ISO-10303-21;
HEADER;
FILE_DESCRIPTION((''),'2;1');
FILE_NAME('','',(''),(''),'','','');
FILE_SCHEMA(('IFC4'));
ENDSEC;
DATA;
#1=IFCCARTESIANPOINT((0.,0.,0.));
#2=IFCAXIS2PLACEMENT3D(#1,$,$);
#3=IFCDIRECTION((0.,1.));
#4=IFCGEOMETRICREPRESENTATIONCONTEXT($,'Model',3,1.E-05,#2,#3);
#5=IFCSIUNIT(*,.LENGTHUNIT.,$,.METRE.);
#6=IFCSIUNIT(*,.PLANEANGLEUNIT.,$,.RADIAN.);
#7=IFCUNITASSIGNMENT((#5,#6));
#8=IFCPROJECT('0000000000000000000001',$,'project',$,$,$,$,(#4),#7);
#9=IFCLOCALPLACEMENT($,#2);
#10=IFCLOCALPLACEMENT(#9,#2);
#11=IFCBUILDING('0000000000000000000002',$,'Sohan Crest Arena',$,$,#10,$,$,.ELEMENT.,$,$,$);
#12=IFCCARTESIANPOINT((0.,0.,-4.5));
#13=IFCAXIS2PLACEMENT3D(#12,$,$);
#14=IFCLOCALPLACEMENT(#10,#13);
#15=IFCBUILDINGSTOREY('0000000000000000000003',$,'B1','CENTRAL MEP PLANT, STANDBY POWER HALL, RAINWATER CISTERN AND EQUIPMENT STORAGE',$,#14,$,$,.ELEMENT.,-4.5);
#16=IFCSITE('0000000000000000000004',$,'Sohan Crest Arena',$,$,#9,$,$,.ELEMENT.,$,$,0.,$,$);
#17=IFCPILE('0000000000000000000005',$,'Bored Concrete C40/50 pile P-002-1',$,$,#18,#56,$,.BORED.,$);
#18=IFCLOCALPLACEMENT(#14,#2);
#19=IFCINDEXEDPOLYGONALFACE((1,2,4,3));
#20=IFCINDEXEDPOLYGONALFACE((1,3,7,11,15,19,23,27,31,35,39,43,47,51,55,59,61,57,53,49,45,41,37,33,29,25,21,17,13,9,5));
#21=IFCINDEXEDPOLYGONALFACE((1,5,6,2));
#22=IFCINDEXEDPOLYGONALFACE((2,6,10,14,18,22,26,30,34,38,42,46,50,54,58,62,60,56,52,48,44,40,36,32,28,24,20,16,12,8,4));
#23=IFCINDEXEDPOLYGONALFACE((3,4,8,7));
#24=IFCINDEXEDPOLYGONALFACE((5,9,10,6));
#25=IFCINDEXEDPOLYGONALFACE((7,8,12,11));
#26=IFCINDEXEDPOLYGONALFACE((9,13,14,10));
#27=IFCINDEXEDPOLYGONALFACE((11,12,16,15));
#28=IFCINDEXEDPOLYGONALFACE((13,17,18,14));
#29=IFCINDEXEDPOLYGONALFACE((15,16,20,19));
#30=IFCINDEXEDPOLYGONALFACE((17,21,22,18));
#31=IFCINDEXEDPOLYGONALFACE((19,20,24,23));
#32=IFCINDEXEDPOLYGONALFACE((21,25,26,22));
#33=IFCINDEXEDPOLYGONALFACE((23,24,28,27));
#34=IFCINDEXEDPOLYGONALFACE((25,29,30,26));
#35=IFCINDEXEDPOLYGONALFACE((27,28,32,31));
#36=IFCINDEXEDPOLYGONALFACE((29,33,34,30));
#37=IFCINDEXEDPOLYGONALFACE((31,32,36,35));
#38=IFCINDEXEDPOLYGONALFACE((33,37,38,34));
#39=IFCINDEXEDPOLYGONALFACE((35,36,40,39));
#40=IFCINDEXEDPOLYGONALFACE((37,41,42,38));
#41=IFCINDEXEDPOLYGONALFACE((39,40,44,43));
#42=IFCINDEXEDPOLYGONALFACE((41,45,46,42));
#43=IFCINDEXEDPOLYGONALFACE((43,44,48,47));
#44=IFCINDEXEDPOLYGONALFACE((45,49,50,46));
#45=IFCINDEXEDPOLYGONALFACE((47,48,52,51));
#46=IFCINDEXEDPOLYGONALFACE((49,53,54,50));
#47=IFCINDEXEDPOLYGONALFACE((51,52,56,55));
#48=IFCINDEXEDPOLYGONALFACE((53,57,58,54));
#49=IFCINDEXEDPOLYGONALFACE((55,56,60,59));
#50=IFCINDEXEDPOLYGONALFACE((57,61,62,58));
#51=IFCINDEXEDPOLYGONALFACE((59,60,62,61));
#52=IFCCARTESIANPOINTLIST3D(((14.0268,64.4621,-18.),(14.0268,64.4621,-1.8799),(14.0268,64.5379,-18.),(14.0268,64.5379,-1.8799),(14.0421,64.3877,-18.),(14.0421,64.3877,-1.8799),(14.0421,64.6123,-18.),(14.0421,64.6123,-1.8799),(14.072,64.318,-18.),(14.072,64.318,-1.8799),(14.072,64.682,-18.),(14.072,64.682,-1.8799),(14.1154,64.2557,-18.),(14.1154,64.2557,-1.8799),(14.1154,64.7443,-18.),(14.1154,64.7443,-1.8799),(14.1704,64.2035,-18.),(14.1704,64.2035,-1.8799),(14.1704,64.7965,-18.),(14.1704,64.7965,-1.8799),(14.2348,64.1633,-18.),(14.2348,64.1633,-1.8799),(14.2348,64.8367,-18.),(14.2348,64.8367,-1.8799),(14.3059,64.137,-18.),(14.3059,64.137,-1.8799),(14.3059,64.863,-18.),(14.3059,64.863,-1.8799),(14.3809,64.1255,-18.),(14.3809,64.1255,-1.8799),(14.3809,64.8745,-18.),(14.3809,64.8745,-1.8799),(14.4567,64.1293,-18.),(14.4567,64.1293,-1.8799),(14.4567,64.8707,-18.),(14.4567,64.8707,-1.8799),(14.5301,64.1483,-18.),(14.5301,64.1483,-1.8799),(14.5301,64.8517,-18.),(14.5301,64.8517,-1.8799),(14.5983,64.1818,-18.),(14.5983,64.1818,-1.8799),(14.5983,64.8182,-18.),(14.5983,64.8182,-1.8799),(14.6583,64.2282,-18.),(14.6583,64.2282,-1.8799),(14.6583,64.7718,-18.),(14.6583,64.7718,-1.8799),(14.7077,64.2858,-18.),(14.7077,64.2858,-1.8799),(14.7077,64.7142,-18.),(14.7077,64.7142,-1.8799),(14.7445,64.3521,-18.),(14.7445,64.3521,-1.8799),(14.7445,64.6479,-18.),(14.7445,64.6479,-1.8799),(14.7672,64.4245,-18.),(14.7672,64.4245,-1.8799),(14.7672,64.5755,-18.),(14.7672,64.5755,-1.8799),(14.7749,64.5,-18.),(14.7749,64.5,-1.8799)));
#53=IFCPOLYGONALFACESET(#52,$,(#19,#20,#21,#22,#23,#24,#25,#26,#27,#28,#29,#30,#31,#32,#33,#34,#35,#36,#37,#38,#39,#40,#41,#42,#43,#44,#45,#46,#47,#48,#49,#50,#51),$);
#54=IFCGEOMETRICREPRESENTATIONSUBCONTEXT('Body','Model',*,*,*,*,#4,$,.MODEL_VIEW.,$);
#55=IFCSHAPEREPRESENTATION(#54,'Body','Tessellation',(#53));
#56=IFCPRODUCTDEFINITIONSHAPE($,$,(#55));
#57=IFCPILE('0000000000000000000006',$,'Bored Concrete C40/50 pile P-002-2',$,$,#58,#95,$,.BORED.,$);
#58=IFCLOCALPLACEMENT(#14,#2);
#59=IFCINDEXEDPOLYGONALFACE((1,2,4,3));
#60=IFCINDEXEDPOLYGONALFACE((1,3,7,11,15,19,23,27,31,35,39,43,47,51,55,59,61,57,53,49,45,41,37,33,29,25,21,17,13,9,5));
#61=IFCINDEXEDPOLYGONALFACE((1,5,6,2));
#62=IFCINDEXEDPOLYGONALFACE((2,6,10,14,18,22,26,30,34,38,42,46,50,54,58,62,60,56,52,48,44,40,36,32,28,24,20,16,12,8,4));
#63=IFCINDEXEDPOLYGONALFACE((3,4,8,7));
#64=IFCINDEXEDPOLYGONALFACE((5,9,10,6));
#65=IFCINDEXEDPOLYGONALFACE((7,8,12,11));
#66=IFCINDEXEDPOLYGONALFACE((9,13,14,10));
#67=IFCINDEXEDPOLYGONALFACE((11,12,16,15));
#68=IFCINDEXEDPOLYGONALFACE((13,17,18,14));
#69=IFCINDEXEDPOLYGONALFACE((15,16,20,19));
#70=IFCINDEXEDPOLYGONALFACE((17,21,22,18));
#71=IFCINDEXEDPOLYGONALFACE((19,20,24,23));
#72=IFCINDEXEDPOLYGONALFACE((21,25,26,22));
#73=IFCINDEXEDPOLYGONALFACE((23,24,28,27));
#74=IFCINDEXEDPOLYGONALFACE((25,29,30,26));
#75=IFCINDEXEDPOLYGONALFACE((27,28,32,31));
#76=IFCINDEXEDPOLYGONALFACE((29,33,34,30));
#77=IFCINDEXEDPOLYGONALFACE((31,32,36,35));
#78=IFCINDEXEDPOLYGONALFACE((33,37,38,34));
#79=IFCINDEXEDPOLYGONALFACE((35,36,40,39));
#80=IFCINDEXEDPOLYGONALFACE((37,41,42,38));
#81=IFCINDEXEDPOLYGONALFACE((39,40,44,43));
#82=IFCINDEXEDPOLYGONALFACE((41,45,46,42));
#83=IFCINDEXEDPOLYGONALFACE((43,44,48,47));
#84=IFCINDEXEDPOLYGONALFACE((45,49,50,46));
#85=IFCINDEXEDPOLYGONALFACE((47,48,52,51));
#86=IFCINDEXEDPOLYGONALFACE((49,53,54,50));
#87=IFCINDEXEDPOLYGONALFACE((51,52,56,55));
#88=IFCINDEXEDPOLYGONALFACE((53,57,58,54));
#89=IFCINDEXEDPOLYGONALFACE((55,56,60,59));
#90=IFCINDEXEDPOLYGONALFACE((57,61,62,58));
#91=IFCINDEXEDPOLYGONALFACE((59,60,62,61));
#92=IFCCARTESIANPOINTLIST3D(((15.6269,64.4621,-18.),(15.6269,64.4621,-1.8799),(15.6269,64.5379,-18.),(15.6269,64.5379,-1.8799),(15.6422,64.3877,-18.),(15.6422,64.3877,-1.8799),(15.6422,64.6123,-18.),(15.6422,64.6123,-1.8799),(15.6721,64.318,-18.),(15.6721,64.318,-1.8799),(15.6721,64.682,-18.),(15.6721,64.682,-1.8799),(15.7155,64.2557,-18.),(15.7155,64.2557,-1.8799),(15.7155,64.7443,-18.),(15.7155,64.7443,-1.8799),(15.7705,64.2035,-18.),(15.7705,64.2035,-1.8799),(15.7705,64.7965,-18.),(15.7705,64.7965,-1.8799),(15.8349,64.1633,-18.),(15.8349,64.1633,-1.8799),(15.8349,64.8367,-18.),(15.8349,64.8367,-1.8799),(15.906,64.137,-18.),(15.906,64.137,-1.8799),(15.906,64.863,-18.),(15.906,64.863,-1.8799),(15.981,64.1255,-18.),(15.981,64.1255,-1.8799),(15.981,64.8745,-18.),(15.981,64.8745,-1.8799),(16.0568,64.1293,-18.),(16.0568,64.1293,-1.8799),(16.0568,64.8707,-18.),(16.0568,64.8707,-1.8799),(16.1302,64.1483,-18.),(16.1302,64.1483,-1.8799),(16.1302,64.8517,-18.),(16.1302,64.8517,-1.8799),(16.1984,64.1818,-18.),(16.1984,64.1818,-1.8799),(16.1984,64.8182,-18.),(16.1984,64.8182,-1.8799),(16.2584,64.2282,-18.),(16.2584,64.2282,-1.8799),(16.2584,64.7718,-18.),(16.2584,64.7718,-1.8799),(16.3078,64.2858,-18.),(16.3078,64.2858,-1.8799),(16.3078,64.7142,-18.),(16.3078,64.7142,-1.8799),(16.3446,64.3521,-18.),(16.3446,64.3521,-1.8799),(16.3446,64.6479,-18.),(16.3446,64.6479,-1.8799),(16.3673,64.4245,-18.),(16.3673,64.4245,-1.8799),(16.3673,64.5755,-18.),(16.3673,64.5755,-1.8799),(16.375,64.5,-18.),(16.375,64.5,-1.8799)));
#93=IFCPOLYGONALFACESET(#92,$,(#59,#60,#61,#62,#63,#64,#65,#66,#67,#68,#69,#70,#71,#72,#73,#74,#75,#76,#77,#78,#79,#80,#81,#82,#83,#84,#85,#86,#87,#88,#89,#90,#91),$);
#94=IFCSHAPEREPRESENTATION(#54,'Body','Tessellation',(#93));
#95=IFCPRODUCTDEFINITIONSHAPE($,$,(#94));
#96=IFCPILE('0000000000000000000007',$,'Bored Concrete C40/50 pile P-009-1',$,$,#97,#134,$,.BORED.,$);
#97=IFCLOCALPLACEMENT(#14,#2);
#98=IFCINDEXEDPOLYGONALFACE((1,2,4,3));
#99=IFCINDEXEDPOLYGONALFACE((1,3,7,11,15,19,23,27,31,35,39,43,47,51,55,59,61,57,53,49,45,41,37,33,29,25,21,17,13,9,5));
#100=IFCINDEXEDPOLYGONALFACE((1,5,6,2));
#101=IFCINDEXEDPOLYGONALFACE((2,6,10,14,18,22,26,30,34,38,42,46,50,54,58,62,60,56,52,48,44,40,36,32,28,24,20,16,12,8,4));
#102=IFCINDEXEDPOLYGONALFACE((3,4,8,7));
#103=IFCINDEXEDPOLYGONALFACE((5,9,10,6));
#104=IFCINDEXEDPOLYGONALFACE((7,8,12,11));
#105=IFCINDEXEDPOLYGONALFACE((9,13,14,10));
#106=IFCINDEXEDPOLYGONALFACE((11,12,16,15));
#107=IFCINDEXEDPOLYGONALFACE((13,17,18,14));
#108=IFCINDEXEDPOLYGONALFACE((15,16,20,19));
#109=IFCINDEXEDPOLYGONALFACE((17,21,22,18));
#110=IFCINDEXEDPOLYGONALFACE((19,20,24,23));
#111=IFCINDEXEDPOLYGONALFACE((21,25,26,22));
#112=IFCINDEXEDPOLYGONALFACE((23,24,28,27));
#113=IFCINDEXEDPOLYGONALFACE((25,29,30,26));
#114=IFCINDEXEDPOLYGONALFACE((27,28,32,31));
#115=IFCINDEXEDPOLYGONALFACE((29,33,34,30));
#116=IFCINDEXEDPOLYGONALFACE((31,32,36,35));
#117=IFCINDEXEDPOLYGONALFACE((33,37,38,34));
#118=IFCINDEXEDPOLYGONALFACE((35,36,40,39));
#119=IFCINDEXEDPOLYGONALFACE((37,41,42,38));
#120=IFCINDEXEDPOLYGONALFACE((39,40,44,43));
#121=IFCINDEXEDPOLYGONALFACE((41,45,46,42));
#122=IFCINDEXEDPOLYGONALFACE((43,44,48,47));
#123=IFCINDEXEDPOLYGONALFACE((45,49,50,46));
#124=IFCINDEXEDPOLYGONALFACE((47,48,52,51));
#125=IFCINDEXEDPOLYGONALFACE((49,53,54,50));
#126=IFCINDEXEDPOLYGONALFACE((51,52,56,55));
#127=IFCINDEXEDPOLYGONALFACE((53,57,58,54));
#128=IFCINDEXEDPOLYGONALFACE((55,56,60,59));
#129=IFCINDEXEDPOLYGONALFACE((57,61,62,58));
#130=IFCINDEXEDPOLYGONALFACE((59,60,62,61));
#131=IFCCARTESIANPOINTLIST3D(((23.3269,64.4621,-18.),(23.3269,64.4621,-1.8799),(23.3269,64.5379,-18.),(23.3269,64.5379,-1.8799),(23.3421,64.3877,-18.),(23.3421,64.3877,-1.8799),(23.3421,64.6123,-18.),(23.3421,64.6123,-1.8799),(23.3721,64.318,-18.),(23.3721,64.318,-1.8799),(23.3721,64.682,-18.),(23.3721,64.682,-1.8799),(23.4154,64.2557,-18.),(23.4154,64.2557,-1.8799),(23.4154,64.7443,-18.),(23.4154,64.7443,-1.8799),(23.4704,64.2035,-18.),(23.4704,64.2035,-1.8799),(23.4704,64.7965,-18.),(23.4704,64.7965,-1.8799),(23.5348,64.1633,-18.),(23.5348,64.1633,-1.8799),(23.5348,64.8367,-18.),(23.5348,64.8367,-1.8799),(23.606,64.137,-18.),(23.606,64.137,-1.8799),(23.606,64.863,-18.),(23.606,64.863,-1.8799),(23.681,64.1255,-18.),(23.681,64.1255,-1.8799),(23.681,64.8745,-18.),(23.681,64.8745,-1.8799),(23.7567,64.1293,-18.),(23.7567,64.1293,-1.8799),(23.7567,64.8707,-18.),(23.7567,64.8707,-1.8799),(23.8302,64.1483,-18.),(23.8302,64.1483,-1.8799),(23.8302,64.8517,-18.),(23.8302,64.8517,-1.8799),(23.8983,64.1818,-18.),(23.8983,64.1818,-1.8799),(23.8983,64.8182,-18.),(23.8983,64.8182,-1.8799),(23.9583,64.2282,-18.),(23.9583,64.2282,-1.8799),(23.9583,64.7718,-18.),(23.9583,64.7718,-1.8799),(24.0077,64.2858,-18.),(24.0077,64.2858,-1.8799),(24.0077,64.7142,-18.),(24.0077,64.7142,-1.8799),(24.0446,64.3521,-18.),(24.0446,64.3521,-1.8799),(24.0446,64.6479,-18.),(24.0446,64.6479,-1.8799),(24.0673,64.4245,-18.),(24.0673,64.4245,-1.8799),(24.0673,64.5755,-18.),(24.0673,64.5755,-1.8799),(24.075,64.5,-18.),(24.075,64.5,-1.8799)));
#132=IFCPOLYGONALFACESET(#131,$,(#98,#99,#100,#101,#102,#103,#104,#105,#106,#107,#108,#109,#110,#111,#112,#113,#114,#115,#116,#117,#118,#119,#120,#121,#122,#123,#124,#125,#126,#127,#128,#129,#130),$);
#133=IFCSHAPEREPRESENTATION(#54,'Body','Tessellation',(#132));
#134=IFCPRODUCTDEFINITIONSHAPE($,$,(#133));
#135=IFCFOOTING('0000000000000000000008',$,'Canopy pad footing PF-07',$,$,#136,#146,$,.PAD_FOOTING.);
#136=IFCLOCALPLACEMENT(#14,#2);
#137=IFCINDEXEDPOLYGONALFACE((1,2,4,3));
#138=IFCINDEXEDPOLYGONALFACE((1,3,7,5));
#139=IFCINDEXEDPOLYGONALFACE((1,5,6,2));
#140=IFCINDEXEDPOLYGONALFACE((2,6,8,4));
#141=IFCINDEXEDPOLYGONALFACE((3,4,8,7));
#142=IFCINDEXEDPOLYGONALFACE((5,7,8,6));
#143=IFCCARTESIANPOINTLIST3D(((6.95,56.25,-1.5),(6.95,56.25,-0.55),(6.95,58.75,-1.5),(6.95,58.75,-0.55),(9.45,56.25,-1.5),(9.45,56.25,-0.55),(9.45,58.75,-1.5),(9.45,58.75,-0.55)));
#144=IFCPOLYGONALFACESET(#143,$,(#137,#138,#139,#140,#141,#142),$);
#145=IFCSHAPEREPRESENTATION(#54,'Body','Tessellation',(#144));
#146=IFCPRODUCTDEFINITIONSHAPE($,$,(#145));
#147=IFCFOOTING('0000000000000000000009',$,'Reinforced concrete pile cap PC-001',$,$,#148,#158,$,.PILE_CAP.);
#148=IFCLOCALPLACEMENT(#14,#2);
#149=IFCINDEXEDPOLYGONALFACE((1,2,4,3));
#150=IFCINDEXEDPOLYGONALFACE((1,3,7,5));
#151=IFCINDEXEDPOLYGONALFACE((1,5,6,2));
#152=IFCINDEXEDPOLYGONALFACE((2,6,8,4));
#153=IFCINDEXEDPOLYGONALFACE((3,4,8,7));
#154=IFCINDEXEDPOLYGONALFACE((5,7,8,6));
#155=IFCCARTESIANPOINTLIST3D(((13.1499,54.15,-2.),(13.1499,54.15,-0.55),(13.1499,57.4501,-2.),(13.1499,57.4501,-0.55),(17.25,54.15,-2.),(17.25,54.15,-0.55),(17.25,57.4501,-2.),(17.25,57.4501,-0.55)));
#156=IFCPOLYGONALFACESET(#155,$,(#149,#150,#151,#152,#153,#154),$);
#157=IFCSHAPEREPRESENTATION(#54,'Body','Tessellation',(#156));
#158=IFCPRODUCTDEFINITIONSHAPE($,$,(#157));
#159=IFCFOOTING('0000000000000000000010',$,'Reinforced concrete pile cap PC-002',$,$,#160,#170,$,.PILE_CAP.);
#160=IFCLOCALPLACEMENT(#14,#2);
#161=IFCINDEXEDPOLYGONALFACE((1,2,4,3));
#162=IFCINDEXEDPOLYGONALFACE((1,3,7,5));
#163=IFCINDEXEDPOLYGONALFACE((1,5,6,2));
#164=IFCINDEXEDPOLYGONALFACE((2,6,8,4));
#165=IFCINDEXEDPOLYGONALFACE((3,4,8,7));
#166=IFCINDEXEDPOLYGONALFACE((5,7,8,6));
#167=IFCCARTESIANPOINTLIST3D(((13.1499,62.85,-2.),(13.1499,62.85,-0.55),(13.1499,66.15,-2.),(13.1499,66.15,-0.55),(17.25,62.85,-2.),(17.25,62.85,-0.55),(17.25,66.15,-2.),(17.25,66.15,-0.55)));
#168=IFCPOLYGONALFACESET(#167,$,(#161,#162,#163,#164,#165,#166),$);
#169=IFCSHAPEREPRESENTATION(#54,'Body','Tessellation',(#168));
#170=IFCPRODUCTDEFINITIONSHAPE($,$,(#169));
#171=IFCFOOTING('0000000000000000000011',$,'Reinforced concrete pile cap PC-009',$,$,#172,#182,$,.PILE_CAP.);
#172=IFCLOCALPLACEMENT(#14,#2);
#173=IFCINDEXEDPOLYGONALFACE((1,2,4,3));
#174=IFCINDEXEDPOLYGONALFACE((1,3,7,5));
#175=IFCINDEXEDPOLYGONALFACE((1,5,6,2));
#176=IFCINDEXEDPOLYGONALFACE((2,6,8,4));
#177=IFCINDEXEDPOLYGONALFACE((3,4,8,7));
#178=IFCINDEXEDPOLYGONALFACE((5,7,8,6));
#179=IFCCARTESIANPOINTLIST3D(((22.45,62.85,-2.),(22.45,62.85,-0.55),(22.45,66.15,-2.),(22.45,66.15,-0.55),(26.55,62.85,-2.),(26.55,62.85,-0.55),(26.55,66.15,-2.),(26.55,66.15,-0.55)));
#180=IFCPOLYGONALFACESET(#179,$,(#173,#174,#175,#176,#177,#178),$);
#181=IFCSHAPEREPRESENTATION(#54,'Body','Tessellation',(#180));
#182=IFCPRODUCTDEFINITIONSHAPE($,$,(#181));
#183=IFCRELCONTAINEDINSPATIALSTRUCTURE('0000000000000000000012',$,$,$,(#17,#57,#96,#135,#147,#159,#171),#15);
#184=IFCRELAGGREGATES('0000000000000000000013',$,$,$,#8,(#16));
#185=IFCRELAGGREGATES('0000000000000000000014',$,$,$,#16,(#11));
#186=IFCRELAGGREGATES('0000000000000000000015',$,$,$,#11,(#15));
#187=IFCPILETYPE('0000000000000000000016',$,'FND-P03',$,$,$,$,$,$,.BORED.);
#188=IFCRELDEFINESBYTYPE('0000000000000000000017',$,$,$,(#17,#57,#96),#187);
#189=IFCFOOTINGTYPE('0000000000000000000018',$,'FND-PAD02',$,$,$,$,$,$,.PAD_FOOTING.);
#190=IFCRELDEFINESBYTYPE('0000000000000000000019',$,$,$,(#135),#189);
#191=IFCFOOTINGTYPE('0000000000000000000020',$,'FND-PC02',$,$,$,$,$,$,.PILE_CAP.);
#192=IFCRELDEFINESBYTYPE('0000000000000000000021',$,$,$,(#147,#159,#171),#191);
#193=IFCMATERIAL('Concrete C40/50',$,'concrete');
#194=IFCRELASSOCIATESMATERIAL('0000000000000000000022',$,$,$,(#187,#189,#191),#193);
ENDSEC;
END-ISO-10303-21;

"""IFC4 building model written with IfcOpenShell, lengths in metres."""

from ifc_helpers import new_model, si_unit, direction, frame, origin, origin_2d, place, context, subcontext, project, spatial, rectangle, circle, extrude, material, material_profile, profile_set, type_object, element, save


model = new_model("IFC4")

# Units and contexts
model_context = context("Model", 3, precision=1e-05, world=origin(), true_north=direction((0.0, 1.0)))
body_context = subcontext(model_context, "Body", "Model", "MODEL_VIEW")
ifc_project = project(units=[si_unit("LENGTHUNIT", "METRE"), si_unit("PLANEANGLEUNIT", "RADIAN")], contexts=[model_context])

# Site, building, storey
site_placement = place(None, origin())
site = spatial("IfcSite", under=ifc_project, at=site_placement, Name="Sohan Crest Arena", CompositionType="ELEMENT", RefElevation=0.0)
building_placement = place(site_placement, origin())
building = spatial("IfcBuilding", under=site, at=building_placement, Name="Sohan Crest Arena", CompositionType="ELEMENT")
storey_placement = place(building_placement, frame((0.0, 0.0, -4.5)))
storey = spatial("IfcBuildingStorey", under=building, at=storey_placement, Name="B1", Description="CENTRAL MEP PLANT, STANDBY POWER HALL, RAINWATER CISTERN AND EQUIPMENT STORAGE", CompositionType="ELEMENT", Elevation=-4.5)

# Shared definitions
ifc_material_1 = material(Name="Concrete C40/50", Category="concrete")

# Piles
ifc_material_profile_1 = material_profile(ifc_material_1, circle(Radius=0.375, at=origin_2d()), Name="PILE D750")
ifc_profile_set_1 = profile_set([ifc_material_profile_1], Name="Concrete C40/50")
pile_type_1 = type_object("IfcPileType", Name="FND-P03", PredefinedType="BORED", material=ifc_profile_set_1)
for number, where, z_axis, x_axis, name in (
    (1, (14.3999, 64.5, -18.0), (0.0, 0.0, 1.0), (1.0, 0.0, 0.0), "Bored Concrete C40/50 pile P-002-1"),
    (2, (16.0, 64.5, -18.0), (0.0, 0.0, 1.0), (1.0, 0.0, 0.0), "Bored Concrete C40/50 pile P-002-2"),
    (3, (23.7, 64.5, -18.0), (0.0, 0.0, 1.0), (1.0, 0.0, 0.0), "Bored Concrete C40/50 pile P-009-1"),
):
    element("IfcPile", number, at=place(storey_placement, frame(where, z_axis=z_axis, x_axis=x_axis)), inside=storey, type_object=pile_type_1, Name=name, PredefinedType="BORED", context=body_context, shape_type="SweptSolid", body=[
        extrude(circle(Radius=0.375, at=origin_2d()), origin(), (0.0, 0.0, 1.0), 16.1201),
    ])

# Footings
footing_type_1 = type_object("IfcFootingType", Name="FND-PAD02", PredefinedType="PAD_FOOTING", material=ifc_material_1)
footing_1_placement = place(storey_placement, frame((8.2, 57.5, -1.5), z_axis=(0.0, 0.0, 1.0), x_axis=(1.0, 0.0, 0.0)))
element("IfcFooting", 4, at=footing_1_placement, inside=storey, type_object=footing_type_1, Name="Canopy pad footing PF-07", PredefinedType="PAD_FOOTING", context=body_context, shape_type="SweptSolid", body=[
    extrude(rectangle(XDim=2.5, YDim=2.5, at=origin_2d()), origin(), (0.0, 0.0, 1.0), 0.95),
])
footing_type_2 = type_object("IfcFootingType", Name="FND-PC02", PredefinedType="PILE_CAP", material=ifc_material_1)
for number, where, z_axis, x_axis, name in (
    (5, (15.2, 55.8, -2.0), (0.0, 0.0, 1.0), (1.0, 0.0, 0.0), "Reinforced concrete pile cap PC-001"),
    (6, (15.2, 64.5, -2.0), (0.0, 0.0, 1.0), (1.0, 0.0, 0.0), "Reinforced concrete pile cap PC-002"),
    (7, (24.5, 64.5, -2.0), (0.0, 0.0, 1.0), (1.0, 0.0, 0.0), "Reinforced concrete pile cap PC-009"),
):
    element("IfcFooting", number, at=place(storey_placement, frame(where, z_axis=z_axis, x_axis=x_axis)), inside=storey, type_object=footing_type_2, Name=name, PredefinedType="PILE_CAP", context=body_context, shape_type="SweptSolid", body=[
        extrude(rectangle(XDim=4.1001, YDim=3.3, at=origin_2d()), origin(), (0.0, 0.0, 1.0), 1.45),
    ])

save(model, "model.ifc")
